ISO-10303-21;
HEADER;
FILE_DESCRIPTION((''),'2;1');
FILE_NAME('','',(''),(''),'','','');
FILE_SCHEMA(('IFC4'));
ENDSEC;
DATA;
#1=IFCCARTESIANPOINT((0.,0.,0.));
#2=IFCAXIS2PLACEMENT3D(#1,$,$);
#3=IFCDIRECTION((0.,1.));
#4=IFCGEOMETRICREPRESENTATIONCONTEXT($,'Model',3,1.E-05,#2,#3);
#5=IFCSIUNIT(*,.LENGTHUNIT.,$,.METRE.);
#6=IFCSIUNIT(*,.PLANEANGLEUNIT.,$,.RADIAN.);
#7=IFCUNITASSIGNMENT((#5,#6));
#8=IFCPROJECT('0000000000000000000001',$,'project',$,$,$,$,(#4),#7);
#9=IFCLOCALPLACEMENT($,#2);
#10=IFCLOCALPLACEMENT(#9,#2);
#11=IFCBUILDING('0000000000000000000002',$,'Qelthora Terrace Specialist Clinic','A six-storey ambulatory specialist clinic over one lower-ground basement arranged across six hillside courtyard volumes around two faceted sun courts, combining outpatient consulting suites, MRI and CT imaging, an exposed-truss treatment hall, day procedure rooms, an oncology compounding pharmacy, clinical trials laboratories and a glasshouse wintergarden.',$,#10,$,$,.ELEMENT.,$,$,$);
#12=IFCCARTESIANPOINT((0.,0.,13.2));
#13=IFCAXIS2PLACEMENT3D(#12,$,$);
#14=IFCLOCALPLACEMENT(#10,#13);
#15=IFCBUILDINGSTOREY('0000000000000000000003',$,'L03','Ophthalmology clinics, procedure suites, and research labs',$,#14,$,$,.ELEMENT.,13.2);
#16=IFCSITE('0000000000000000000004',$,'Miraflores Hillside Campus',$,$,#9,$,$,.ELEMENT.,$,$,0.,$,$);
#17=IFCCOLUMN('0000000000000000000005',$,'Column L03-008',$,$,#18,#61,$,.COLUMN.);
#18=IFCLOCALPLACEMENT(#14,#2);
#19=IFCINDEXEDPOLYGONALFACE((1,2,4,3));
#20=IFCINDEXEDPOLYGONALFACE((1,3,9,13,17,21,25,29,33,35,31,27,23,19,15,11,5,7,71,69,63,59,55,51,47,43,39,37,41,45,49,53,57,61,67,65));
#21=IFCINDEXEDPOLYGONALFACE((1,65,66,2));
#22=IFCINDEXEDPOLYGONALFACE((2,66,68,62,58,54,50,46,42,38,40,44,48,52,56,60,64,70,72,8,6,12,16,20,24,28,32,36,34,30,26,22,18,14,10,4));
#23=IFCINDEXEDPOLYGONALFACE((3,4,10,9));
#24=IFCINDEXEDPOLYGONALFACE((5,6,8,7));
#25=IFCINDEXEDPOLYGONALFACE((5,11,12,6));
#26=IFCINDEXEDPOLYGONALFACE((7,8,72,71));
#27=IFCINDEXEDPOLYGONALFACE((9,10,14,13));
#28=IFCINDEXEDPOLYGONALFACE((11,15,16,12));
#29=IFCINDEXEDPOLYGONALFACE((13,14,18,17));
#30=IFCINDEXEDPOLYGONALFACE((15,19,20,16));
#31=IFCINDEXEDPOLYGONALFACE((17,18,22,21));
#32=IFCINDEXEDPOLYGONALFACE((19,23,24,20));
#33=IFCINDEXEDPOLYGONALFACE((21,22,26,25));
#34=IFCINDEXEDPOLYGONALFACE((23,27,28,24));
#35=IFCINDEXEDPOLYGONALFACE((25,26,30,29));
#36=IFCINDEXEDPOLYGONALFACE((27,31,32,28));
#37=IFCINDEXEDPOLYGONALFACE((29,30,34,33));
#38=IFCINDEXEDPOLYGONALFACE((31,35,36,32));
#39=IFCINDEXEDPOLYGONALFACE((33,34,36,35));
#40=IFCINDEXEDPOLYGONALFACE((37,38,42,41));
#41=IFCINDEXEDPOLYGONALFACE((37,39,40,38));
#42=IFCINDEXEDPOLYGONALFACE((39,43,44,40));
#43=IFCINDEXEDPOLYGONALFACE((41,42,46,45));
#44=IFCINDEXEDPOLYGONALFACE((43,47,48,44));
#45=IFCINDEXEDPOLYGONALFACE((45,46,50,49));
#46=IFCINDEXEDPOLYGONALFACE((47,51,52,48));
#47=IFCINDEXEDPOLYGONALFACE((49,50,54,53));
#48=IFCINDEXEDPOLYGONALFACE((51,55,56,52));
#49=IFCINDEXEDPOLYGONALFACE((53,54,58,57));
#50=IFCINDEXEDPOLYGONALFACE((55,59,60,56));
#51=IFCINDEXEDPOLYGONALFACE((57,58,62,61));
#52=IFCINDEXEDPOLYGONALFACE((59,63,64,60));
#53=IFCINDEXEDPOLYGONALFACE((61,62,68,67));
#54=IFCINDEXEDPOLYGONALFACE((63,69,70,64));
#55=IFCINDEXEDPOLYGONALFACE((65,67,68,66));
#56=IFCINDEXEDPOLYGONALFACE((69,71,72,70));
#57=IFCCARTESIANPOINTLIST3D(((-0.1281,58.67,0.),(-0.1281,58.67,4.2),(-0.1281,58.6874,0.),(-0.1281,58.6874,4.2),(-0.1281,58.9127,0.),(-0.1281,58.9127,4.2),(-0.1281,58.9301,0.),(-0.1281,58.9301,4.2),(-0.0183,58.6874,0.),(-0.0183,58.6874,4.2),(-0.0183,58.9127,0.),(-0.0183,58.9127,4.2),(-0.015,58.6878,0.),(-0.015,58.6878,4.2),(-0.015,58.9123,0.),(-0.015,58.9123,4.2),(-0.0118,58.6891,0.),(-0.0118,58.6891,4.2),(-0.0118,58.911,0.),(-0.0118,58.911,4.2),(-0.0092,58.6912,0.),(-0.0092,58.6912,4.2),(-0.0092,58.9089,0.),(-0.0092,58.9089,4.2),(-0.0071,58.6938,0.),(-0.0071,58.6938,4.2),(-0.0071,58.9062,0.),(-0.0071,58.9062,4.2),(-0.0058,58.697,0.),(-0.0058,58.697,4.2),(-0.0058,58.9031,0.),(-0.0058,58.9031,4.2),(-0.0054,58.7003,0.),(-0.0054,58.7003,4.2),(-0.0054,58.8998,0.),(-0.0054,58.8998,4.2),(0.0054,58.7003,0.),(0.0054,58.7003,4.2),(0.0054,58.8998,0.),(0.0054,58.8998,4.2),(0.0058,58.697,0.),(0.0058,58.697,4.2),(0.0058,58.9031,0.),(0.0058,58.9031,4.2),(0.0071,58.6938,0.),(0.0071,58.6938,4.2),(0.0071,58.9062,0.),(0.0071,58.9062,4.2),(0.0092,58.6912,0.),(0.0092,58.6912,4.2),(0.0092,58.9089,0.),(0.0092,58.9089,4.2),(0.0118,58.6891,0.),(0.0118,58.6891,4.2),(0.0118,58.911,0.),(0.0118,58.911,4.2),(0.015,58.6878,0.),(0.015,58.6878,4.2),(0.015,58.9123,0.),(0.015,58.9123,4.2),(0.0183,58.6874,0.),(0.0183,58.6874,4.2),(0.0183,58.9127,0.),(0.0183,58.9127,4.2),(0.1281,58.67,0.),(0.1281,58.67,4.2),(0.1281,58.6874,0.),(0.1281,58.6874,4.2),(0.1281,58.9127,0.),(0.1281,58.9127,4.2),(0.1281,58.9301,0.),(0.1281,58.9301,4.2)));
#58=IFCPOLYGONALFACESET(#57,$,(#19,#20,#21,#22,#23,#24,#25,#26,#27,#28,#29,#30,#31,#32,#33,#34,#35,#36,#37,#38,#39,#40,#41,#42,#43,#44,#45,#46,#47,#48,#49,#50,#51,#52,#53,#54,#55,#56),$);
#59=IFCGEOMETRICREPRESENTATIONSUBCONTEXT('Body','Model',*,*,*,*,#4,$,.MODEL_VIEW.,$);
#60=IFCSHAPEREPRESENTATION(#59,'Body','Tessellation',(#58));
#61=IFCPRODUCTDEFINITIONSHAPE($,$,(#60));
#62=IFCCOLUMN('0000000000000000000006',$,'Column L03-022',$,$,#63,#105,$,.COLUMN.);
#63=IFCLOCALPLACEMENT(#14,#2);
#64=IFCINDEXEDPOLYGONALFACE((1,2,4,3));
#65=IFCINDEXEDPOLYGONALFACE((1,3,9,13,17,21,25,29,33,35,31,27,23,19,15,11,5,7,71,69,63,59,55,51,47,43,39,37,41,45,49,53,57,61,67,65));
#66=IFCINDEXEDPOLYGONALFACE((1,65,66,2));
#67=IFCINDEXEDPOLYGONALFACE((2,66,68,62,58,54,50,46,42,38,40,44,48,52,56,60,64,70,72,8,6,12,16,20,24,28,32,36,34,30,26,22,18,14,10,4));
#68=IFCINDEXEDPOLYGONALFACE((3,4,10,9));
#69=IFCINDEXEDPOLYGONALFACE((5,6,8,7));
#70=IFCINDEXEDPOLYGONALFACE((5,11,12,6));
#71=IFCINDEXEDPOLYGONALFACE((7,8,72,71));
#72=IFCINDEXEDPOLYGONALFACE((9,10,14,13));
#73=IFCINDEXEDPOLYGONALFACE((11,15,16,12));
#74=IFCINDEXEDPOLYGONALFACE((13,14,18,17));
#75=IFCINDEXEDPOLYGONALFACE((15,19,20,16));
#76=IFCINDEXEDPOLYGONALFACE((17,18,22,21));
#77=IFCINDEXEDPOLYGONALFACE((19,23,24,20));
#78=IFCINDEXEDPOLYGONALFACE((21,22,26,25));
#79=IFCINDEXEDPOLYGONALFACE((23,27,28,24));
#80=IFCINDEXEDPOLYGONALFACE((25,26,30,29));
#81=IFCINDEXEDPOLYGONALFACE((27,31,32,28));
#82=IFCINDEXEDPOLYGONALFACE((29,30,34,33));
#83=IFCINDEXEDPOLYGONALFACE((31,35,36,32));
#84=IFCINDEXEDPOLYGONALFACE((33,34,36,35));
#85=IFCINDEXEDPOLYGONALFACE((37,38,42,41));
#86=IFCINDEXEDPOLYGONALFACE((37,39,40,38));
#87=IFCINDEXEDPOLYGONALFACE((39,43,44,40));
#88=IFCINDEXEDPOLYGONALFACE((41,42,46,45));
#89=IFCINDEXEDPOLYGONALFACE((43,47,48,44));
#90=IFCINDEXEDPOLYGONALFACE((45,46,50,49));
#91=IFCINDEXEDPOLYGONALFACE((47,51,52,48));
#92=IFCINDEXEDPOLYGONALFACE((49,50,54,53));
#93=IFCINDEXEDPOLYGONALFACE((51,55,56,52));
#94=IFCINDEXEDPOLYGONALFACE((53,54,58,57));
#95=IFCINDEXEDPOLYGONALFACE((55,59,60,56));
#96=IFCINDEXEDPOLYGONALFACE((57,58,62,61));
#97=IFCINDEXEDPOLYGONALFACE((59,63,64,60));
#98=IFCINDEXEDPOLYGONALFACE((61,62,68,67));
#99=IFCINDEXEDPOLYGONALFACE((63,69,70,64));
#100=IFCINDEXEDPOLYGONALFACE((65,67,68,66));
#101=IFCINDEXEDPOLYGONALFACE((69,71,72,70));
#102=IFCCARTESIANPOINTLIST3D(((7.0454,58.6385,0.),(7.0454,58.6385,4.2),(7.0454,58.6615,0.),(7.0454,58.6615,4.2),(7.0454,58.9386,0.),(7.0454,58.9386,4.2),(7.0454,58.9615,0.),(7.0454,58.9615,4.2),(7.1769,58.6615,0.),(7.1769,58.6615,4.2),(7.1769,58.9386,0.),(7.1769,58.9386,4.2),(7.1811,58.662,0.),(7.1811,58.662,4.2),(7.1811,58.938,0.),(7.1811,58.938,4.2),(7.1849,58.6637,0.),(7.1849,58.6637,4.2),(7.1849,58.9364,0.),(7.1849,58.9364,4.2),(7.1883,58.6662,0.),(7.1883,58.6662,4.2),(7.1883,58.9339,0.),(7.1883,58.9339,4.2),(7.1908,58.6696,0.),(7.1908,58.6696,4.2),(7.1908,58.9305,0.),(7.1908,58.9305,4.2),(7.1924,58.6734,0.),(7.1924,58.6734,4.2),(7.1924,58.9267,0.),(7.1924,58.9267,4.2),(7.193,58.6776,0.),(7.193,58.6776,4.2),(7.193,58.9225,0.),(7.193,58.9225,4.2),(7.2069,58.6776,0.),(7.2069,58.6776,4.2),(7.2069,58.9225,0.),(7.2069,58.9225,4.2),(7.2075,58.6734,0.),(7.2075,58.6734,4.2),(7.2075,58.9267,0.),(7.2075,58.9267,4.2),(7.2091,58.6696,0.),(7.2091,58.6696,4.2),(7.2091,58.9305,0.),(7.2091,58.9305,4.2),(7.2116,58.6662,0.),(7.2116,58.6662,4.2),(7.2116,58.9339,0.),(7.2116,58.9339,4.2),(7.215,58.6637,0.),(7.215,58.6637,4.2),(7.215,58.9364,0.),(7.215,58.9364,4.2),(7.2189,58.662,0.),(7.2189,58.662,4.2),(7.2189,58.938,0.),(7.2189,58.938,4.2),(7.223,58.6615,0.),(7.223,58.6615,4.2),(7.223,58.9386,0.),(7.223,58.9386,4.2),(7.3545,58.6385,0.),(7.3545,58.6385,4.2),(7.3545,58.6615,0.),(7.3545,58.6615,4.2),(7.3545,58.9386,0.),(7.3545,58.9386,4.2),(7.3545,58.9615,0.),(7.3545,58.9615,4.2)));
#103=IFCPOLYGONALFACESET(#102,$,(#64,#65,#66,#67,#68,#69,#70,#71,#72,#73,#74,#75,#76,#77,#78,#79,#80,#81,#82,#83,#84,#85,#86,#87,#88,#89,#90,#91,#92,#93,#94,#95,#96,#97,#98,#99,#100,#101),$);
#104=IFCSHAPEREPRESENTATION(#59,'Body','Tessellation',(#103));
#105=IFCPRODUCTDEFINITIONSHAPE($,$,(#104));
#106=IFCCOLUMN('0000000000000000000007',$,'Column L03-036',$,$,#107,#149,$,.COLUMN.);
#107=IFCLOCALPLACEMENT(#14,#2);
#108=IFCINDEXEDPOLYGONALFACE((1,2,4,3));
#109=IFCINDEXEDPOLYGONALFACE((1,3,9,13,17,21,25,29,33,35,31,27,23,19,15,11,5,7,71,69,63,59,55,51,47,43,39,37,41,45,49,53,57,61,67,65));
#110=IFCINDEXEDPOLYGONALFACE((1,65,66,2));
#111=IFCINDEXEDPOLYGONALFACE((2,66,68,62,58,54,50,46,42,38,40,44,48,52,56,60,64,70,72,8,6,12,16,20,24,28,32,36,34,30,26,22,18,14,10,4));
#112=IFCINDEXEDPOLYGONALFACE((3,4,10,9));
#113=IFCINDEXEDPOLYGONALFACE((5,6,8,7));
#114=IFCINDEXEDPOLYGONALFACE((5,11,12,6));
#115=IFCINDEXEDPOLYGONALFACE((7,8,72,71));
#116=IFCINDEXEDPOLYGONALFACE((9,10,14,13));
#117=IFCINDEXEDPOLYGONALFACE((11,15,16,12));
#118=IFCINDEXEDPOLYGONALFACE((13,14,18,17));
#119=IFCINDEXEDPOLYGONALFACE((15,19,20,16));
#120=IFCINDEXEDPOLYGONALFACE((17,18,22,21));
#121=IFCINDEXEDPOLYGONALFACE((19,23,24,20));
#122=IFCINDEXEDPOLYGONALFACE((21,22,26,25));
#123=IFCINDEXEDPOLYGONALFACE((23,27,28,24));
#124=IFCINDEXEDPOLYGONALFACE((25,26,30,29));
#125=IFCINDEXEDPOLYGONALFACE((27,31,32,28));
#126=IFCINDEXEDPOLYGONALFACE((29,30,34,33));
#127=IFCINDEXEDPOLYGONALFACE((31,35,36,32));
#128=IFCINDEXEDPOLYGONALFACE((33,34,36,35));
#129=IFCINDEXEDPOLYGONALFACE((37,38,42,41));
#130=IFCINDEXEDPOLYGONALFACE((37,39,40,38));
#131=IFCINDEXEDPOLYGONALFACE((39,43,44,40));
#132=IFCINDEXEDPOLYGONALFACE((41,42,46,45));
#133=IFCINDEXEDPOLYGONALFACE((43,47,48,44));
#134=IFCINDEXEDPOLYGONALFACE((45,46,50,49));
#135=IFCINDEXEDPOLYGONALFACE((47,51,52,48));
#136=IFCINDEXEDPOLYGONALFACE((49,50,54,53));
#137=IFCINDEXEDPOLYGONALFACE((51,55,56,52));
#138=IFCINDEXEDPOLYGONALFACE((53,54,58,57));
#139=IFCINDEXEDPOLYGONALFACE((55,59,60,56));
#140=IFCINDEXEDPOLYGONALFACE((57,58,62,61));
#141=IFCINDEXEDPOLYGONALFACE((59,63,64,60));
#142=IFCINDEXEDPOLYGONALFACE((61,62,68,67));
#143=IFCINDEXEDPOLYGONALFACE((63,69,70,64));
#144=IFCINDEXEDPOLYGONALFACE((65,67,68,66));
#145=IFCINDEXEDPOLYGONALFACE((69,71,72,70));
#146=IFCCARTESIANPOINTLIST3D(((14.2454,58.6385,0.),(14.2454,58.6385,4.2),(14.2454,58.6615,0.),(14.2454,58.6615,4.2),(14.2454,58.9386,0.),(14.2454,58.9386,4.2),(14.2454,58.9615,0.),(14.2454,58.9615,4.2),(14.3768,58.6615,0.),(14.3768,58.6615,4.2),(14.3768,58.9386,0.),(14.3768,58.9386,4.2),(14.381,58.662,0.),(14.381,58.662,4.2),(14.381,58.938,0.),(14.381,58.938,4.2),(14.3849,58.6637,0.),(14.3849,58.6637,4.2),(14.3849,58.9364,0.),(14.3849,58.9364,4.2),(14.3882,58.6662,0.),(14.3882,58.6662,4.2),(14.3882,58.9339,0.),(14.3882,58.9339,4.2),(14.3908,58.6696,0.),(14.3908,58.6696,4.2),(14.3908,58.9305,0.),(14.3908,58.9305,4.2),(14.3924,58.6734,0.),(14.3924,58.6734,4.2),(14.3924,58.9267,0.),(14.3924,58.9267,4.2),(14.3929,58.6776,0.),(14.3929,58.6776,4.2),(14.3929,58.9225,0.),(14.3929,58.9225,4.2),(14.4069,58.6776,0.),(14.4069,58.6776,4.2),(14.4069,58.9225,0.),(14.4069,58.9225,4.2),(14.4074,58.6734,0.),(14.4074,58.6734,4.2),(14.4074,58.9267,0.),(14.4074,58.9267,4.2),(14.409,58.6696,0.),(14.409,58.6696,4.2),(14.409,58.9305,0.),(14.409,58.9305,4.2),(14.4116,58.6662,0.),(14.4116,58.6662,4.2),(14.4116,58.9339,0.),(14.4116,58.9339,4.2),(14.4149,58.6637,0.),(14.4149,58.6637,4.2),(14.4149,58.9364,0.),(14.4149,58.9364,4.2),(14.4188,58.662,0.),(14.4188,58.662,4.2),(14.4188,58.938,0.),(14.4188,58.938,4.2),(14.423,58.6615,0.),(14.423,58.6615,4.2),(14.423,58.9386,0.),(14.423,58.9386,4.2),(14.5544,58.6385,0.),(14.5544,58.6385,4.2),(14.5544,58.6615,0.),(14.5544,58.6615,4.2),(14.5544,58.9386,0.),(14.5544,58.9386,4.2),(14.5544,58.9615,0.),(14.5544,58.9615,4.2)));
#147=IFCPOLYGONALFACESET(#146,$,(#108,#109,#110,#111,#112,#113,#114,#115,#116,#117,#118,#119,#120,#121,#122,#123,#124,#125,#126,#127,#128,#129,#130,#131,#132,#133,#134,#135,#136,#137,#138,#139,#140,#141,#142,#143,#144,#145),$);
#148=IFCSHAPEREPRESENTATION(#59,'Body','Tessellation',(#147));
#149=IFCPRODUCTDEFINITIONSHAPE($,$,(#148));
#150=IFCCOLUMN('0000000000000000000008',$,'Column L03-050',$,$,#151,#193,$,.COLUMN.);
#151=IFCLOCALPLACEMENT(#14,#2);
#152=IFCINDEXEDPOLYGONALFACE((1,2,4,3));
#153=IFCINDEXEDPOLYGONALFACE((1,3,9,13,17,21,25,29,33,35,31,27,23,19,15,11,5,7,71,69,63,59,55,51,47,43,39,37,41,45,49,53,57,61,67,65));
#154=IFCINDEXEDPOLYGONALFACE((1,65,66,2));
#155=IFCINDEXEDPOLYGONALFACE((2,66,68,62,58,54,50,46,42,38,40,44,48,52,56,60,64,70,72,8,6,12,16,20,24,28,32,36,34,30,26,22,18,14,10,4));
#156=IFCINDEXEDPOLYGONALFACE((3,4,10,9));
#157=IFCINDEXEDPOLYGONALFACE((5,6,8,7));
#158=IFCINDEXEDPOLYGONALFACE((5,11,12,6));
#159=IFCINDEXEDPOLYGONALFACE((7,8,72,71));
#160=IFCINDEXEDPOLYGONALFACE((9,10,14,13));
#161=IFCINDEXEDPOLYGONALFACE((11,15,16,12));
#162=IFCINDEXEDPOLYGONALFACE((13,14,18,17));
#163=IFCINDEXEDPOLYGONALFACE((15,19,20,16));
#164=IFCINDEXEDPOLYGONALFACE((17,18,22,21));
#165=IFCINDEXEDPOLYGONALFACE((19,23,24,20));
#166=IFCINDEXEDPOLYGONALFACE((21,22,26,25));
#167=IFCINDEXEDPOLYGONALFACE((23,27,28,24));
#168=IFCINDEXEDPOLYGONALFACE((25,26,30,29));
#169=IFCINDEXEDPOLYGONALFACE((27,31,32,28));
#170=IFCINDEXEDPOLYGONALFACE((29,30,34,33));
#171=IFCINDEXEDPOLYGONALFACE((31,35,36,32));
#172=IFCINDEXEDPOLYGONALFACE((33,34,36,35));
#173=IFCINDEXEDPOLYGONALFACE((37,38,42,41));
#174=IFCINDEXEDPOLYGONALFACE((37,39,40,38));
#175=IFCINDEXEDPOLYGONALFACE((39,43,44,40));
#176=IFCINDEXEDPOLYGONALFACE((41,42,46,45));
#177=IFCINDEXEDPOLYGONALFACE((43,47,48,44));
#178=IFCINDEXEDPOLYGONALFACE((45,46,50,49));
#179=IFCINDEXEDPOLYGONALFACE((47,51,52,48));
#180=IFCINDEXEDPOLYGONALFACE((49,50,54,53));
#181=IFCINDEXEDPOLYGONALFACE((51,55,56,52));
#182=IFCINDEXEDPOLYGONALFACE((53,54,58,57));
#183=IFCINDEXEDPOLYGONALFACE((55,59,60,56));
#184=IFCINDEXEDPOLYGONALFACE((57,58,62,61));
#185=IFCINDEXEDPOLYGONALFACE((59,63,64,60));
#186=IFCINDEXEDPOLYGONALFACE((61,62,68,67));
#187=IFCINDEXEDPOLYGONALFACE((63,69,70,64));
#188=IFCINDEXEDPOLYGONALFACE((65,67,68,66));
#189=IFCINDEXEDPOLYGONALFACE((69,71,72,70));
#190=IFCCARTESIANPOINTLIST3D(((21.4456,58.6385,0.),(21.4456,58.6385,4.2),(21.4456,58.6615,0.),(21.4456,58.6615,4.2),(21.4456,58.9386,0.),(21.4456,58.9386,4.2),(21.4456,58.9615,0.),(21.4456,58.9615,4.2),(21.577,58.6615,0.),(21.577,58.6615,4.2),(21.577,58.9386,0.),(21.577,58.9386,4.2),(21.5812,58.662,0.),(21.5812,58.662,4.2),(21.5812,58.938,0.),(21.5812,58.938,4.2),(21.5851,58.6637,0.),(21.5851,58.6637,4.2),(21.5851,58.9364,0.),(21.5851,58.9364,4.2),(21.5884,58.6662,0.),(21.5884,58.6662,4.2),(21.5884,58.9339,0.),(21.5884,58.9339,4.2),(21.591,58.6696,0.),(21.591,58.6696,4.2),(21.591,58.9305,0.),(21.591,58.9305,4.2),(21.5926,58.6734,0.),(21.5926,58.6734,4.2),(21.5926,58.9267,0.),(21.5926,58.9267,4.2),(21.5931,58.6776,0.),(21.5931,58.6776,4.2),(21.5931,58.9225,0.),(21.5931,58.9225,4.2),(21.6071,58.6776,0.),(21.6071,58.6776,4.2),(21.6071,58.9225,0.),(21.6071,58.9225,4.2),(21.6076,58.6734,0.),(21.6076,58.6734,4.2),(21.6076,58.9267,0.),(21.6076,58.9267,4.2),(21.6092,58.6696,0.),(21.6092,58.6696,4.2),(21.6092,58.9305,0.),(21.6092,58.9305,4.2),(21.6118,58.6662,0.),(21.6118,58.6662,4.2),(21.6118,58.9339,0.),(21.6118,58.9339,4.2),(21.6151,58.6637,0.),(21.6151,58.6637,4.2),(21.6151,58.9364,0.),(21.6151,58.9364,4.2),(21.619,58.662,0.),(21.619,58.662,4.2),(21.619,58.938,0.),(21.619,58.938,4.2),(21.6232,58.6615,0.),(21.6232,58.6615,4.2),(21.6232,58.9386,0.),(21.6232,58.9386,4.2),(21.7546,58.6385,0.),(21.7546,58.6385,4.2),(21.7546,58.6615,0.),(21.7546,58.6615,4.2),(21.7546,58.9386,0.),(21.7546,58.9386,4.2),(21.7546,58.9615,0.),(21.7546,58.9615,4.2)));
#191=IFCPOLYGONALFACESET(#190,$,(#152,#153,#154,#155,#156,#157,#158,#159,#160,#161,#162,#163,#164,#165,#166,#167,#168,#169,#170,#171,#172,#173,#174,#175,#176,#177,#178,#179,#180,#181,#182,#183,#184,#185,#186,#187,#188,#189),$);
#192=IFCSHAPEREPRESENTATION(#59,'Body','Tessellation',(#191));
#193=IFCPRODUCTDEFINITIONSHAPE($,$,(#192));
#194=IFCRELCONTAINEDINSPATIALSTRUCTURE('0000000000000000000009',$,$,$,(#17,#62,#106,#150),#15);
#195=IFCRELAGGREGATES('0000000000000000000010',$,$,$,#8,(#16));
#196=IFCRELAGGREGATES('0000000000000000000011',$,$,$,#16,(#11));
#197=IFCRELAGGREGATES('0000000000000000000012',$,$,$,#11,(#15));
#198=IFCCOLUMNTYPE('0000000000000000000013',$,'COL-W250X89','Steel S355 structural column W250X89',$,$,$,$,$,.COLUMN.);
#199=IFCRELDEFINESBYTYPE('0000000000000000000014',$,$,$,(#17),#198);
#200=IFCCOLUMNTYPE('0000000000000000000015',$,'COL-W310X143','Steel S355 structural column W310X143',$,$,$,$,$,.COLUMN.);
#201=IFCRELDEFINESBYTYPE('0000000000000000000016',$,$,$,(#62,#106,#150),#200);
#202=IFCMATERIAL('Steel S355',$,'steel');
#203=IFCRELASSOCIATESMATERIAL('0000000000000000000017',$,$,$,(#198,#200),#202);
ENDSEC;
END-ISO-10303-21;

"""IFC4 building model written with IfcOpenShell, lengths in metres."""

from ifc_helpers import new_model, si_unit, direction, frame, origin, origin_2d, place, context, subcontext, project, spatial, i_section, extrude, material, material_profile, profile_set, type_object, element, save


model = new_model("IFC4")

# Units and contexts
model_context = context("Model", 3, precision=1e-05, world=origin(), true_north=direction((0.0, 1.0)))
body_context = subcontext(model_context, "Body", "Model", "MODEL_VIEW")
ifc_project = project(units=[si_unit("LENGTHUNIT", "METRE"), si_unit("PLANEANGLEUNIT", "RADIAN")], contexts=[model_context])

# Site, building, storey
site_placement = place(None, origin())
site = spatial("IfcSite", under=ifc_project, at=site_placement, Name="Miraflores Hillside Campus", CompositionType="ELEMENT", RefElevation=0.0)
building_placement = place(site_placement, origin())
building = spatial("IfcBuilding", under=site, at=building_placement, Name="Qelthora Terrace Specialist Clinic", Description="A six-storey ambulatory specialist clinic over one lower-ground basement arranged across six hillside courtyard volumes around two faceted sun courts, combining outpatient consulting suites, MRI and CT imaging, an exposed-truss treatment hall, day procedure rooms, an oncology compounding pharmacy, clinical trials laboratories and a glasshouse wintergarden.", CompositionType="ELEMENT")
storey_placement = place(building_placement, frame((0.0, 0.0, 13.2)))
storey = spatial("IfcBuildingStorey", under=building, at=storey_placement, Name="L03", Description="Ophthalmology clinics, procedure suites, and research labs", CompositionType="ELEMENT", Elevation=13.2)

# Columns
ifc_material_1 = material(Name="Steel S355", Category="steel")
ifc_material_profile_1 = material_profile(ifc_material_1, i_section(OverallWidth=0.2561, OverallDepth=0.26, WebThickness=0.0107, FlangeThickness=0.0173, FilletRadius=0.0129, at=origin_2d()), Name="W250X89")
ifc_profile_set_1 = profile_set([ifc_material_profile_1], Name="Steel S355")
column_type_1 = type_object("IfcColumnType", Name="COL-W250X89", Description="Steel S355 structural column W250X89", PredefinedType="COLUMN", material=ifc_profile_set_1)
column_placement = place(storey_placement, frame((0.0, 58.8, 0.0), z_axis=(0.0, 0.0, 1.0), x_axis=(1.0, 0.0, 0.0)))
element("IfcColumn", 1, at=column_placement, inside=storey, type_object=column_type_1, Name="Column L03-008", PredefinedType="COLUMN", context=body_context, shape_type="SweptSolid", body=[
    extrude(i_section(OverallWidth=0.2561, OverallDepth=0.26, WebThickness=0.0107, FlangeThickness=0.0173, FilletRadius=0.0129, at=origin_2d()), origin(), (0.0, 0.0, 1.0), 4.2),
])
ifc_material_profile_2 = material_profile(ifc_material_1, i_section(OverallWidth=0.3091, OverallDepth=0.323, WebThickness=0.0139, FlangeThickness=0.0229, FilletRadius=0.0161, at=origin_2d()), Name="W310X143")
ifc_profile_set_2 = profile_set([ifc_material_profile_2], Name="Steel S355")
column_type_2 = type_object("IfcColumnType", Name="COL-W310X143", Description="Steel S355 structural column W310X143", PredefinedType="COLUMN", material=ifc_profile_set_2)
for number, where, z_axis, x_axis, name in (
    (2, (7.2, 58.8, 0.0), (0.0, 0.0, 1.0), (1.0, 0.0, 0.0), "Column L03-022"),
    (3, (14.3999, 58.8, 0.0), (0.0, 0.0, 1.0), (1.0, 0.0, 0.0), "Column L03-036"),
    (4, (21.6001, 58.8, 0.0), (0.0, 0.0, 1.0), (1.0, 0.0, 0.0), "Column L03-050"),
):
    element("IfcColumn", number, at=place(storey_placement, frame(where, z_axis=z_axis, x_axis=x_axis)), inside=storey, type_object=column_type_2, Name=name, PredefinedType="COLUMN", context=body_context, shape_type="SweptSolid", body=[
        extrude(i_section(OverallWidth=0.3091, OverallDepth=0.323, WebThickness=0.0139, FlangeThickness=0.0229, FilletRadius=0.0161, at=origin_2d()), origin(), (0.0, 0.0, 1.0), 4.2),
    ])

save(model, "model.ifc")
